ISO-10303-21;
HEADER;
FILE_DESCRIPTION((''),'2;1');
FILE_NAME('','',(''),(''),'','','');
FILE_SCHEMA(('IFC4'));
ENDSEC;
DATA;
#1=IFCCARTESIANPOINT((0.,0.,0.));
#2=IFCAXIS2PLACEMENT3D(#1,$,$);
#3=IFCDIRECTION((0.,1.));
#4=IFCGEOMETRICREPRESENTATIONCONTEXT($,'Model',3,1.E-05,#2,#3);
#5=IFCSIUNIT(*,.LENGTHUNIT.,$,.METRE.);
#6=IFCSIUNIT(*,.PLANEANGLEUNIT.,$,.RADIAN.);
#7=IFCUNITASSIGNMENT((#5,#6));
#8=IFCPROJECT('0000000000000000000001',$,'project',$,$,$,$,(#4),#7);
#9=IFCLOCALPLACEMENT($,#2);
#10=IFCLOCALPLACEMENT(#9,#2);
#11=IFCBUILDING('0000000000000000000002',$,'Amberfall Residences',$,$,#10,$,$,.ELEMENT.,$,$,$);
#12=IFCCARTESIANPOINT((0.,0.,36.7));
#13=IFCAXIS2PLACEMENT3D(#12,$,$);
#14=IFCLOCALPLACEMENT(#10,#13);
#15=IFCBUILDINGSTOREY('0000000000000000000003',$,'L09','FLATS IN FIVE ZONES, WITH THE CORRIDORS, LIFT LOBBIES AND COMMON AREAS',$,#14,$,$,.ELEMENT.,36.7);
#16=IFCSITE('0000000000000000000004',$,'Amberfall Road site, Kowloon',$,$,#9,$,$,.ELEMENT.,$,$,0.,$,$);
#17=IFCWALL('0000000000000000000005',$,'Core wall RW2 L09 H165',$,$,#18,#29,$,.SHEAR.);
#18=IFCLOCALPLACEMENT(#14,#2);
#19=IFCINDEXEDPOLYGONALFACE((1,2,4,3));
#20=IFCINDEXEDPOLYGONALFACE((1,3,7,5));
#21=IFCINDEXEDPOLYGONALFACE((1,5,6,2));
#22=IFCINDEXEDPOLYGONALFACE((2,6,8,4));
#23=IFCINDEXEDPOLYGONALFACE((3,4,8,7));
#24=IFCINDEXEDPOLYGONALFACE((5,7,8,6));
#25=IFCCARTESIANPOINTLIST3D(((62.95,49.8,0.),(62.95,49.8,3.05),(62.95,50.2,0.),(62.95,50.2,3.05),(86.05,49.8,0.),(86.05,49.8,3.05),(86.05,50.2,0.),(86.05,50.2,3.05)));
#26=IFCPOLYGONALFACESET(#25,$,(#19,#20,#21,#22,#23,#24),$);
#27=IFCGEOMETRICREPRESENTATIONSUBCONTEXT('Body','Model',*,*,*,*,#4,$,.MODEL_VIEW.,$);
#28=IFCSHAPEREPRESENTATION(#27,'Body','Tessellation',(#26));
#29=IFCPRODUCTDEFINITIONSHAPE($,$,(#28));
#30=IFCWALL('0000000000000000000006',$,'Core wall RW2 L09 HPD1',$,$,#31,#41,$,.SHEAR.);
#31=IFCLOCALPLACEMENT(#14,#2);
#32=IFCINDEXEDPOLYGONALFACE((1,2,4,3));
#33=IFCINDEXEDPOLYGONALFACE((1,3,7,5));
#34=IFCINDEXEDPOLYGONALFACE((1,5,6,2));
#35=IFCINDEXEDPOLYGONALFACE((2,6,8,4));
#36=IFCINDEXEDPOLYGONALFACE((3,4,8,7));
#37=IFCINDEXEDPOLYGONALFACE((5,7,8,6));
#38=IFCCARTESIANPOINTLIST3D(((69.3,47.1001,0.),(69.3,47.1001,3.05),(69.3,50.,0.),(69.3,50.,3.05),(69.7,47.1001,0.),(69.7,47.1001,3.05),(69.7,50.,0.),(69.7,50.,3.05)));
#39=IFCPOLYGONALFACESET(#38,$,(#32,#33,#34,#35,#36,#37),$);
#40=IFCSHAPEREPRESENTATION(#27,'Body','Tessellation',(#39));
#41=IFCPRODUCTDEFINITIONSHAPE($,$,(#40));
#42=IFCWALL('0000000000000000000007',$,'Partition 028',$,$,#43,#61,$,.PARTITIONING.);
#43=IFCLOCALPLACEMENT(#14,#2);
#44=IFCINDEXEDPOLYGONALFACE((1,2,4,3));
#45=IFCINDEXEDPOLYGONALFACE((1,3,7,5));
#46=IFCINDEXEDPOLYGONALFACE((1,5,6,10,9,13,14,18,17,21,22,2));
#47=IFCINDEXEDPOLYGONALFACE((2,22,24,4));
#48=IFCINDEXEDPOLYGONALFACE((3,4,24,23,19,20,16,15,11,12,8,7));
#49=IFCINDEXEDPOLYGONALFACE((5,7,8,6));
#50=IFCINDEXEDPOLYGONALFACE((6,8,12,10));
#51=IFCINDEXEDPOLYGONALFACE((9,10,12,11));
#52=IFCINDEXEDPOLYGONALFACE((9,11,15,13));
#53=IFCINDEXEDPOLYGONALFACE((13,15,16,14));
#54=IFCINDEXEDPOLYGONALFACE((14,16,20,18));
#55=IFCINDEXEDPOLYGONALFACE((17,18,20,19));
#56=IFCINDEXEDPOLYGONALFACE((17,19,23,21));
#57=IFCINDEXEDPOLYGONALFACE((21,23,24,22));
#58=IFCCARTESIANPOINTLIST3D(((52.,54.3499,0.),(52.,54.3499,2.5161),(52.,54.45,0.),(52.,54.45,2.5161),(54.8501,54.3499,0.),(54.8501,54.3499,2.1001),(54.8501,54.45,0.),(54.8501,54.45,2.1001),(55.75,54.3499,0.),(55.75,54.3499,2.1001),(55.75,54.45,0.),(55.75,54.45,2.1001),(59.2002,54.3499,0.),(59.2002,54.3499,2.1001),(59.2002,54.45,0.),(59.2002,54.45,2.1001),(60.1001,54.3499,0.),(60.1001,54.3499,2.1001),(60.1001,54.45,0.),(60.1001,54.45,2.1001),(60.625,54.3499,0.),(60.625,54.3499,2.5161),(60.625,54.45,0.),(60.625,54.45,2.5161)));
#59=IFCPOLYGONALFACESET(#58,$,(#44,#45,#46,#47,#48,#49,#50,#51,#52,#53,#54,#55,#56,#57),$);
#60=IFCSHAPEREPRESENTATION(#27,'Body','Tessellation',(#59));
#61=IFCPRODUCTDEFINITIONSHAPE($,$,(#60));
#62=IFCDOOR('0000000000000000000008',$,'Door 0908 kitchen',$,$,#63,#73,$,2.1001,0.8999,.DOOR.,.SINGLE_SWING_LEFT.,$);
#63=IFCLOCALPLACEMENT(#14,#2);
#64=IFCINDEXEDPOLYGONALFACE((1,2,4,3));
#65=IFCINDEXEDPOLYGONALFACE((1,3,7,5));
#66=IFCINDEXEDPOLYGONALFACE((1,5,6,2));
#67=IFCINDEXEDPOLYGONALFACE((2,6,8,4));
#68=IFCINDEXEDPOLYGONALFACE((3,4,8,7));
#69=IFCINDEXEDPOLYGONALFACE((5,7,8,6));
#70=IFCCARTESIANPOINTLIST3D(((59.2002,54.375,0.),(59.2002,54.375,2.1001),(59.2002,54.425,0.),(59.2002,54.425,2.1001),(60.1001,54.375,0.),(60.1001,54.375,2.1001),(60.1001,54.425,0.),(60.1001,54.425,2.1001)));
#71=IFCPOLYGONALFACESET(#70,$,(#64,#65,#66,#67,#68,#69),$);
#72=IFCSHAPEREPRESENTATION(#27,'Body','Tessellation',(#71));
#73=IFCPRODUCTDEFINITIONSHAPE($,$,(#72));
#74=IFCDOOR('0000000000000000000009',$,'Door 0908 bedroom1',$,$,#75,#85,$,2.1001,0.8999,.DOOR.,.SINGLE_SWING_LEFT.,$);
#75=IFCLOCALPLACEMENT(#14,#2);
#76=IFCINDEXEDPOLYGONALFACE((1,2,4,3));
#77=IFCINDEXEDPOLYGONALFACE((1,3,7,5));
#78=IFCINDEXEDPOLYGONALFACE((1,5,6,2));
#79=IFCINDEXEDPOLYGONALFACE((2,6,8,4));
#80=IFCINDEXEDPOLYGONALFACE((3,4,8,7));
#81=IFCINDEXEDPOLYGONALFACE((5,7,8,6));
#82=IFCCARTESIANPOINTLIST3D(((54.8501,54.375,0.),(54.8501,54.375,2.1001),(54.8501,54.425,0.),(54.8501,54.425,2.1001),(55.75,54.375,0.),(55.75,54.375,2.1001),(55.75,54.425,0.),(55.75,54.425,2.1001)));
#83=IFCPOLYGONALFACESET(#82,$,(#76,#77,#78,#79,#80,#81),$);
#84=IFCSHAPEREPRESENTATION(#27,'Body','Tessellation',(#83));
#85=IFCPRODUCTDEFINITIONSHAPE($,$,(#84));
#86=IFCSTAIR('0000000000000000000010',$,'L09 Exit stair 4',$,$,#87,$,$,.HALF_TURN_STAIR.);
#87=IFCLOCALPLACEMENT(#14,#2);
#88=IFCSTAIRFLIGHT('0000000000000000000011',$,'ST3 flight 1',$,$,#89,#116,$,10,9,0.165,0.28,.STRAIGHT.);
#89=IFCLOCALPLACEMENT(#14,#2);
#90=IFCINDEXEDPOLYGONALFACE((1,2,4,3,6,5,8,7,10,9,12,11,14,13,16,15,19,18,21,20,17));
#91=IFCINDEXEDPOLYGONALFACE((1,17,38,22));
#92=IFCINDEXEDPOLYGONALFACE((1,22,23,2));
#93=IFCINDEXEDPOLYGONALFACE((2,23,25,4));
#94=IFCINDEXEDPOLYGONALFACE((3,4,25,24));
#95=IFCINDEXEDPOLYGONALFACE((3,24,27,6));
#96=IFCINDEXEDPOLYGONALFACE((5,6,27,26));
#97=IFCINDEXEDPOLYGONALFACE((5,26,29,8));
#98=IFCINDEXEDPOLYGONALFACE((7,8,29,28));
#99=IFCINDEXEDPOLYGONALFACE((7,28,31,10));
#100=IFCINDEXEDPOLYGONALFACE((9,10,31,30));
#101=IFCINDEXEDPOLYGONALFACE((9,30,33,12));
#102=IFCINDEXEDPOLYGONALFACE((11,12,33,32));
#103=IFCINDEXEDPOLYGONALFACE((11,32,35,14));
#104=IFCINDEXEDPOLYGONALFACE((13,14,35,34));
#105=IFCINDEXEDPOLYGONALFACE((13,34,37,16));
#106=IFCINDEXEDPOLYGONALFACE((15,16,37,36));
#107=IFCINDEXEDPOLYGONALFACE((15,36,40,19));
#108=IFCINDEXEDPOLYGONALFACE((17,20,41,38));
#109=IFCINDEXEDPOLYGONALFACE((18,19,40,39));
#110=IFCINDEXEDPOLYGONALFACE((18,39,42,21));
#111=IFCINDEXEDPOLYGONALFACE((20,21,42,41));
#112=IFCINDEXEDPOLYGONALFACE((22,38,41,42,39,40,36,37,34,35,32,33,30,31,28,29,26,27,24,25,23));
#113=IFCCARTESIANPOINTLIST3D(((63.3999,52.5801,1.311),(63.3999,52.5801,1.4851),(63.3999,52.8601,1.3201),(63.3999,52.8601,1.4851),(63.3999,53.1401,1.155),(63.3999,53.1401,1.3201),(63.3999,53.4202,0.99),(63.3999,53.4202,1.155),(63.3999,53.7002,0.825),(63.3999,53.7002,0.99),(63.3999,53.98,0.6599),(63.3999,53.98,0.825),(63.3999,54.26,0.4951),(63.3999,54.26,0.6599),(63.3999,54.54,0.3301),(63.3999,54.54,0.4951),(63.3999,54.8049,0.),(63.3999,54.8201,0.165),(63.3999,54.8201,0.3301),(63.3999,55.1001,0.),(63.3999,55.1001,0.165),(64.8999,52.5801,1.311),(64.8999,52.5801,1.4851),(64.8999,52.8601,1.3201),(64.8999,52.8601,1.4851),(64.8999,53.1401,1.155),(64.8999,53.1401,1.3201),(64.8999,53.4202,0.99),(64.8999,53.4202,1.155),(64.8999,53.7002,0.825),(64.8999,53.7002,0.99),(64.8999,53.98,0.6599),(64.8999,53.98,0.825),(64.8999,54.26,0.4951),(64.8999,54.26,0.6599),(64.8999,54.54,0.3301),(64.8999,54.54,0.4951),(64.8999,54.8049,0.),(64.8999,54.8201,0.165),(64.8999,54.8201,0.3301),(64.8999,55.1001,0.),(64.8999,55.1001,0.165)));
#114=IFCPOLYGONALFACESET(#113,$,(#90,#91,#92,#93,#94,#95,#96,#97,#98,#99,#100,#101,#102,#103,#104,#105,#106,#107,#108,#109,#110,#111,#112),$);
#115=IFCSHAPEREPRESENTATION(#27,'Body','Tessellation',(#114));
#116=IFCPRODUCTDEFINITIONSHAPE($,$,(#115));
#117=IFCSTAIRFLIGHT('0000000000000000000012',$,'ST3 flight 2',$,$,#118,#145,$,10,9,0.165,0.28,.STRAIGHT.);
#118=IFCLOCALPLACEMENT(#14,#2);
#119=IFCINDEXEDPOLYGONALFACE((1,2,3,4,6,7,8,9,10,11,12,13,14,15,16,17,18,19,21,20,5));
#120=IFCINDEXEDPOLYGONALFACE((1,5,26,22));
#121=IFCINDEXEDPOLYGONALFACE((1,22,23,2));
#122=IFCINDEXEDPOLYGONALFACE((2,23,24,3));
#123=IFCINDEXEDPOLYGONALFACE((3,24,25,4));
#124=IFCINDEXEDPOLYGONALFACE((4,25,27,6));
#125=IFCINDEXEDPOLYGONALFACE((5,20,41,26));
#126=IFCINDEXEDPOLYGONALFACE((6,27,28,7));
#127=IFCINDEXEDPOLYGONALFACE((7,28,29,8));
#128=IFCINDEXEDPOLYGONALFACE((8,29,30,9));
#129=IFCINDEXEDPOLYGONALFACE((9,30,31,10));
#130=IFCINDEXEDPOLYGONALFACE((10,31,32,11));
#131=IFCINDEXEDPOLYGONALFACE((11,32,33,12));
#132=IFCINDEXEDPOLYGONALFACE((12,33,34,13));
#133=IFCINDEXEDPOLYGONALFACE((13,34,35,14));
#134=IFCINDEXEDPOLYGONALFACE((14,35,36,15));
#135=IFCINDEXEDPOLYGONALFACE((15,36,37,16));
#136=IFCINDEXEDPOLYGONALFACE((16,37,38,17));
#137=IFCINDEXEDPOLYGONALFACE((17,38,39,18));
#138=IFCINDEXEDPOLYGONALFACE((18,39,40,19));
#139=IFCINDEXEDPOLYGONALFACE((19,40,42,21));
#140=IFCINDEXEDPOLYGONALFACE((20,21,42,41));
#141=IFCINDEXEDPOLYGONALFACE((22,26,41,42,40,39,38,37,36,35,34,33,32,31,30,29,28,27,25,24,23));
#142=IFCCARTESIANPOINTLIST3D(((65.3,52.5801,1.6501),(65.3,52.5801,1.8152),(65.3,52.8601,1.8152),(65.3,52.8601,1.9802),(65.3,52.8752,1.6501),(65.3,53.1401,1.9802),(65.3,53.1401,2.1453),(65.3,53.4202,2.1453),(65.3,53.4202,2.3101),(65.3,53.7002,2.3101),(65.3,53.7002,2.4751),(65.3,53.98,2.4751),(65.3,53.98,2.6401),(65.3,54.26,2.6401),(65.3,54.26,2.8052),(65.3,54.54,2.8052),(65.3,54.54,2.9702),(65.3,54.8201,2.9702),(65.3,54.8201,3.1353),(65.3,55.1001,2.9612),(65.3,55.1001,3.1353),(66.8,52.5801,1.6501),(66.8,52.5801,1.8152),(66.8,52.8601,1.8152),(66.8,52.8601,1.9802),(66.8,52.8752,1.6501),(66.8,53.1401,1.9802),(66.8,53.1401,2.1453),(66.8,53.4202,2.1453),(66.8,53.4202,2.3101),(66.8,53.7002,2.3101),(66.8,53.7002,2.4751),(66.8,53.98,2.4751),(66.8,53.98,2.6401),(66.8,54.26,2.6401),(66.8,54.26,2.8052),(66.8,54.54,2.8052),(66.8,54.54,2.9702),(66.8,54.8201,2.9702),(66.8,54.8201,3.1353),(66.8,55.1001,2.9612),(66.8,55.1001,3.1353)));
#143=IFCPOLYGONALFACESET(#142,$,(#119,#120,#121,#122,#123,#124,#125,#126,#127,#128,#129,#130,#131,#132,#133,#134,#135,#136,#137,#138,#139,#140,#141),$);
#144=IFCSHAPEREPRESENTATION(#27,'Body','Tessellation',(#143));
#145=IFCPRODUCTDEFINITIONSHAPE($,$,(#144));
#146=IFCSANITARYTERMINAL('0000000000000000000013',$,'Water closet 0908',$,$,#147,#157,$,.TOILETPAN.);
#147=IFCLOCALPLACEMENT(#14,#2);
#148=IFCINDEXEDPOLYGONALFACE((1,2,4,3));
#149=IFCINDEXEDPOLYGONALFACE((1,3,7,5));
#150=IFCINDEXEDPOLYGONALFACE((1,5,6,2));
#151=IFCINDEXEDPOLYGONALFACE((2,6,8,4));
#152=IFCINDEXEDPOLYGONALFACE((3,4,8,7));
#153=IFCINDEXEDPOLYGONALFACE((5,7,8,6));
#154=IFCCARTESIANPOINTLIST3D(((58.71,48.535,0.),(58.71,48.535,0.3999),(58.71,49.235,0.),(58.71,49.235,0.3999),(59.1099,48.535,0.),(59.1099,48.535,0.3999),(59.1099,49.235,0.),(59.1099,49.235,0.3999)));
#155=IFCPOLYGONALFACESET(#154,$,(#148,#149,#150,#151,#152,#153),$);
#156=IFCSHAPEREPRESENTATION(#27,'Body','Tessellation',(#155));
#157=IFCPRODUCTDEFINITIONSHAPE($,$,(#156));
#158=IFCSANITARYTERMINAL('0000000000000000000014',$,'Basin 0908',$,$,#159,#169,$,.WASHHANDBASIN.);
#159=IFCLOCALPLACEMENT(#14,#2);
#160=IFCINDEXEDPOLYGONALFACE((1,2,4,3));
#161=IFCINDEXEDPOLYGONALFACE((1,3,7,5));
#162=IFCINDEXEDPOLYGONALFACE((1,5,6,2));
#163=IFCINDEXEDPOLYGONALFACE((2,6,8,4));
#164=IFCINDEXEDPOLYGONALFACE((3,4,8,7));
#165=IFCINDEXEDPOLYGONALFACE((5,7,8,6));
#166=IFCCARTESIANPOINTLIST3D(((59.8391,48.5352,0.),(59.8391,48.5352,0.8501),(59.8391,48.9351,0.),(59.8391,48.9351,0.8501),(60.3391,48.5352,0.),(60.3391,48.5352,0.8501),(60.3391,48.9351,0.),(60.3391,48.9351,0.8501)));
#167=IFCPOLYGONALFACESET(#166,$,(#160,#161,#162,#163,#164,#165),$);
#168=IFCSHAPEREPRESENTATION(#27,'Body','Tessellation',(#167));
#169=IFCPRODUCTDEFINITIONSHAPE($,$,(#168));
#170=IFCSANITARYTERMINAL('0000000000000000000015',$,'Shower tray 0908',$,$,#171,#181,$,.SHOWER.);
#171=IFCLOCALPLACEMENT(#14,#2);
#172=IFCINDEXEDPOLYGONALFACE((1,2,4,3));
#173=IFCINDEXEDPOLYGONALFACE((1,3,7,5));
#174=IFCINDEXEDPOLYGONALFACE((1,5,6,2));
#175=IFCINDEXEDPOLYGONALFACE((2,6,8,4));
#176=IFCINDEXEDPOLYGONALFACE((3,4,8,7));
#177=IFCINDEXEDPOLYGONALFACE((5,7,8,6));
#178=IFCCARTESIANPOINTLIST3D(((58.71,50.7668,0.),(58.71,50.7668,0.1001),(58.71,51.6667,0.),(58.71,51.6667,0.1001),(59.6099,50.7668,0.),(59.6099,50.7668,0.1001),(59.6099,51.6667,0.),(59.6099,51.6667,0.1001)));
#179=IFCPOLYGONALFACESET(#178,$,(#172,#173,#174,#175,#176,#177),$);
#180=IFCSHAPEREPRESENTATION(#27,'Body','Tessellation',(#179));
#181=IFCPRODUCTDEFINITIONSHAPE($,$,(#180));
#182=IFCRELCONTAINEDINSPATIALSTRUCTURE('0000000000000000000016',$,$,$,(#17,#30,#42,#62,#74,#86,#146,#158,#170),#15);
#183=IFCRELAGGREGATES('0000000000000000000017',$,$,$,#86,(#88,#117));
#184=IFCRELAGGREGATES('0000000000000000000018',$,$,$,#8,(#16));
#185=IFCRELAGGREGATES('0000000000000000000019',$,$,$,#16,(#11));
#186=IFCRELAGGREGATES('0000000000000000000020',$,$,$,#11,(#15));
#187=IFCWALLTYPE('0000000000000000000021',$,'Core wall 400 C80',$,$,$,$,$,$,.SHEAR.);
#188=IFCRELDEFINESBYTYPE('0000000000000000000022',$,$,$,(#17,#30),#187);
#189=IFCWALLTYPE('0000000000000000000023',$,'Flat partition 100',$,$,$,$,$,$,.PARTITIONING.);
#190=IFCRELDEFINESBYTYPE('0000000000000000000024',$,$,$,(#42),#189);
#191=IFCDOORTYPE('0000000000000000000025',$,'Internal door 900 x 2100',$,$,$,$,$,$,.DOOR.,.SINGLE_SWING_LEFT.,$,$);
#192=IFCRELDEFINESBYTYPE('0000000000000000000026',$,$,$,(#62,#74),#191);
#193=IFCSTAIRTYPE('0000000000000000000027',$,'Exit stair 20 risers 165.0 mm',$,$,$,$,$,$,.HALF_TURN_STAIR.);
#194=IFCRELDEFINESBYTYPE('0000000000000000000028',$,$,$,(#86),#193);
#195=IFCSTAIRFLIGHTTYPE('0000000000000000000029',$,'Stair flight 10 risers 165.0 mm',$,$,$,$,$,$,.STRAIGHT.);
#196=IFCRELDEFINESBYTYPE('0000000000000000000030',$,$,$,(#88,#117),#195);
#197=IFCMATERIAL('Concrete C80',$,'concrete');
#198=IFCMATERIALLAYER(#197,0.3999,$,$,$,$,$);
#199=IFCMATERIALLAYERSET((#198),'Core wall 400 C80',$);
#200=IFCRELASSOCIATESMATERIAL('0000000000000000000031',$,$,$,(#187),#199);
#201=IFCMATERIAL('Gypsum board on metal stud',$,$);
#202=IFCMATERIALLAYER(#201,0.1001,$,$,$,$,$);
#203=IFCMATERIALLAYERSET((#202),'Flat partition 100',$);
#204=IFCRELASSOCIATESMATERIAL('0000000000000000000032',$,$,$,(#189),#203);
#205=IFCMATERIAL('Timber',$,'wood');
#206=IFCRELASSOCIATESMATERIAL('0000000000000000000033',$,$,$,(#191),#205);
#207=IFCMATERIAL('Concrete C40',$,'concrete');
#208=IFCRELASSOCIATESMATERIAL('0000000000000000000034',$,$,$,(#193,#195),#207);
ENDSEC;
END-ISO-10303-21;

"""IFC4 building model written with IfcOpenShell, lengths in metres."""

from ifc_helpers import new_model, si_unit, direction, frame, frame_2d, origin, origin_2d, place, context, subcontext, project, spatial, polyline, rectangle, outline, extrude, material, layer, layer_set, type_object, element, fill, aggregate, save


model = new_model("IFC4")

# Units and contexts
model_context = context("Model", 3, precision=1e-05, world=origin(), true_north=direction((0.0, 1.0)))
body_context = subcontext(model_context, "Body", "Model", "MODEL_VIEW")
ifc_project = project(units=[si_unit("LENGTHUNIT", "METRE"), si_unit("PLANEANGLEUNIT", "RADIAN")], contexts=[model_context])

# Site, building, storey
site_placement = place(None, origin())
site = spatial("IfcSite", under=ifc_project, at=site_placement, Name="Amberfall Road site, Kowloon", CompositionType="ELEMENT", RefElevation=0.0)
building_placement = place(site_placement, origin())
building = spatial("IfcBuilding", under=site, at=building_placement, Name="Amberfall Residences", CompositionType="ELEMENT")
storey_placement = place(building_placement, frame((0.0, 0.0, 36.7)))
storey = spatial("IfcBuildingStorey", under=building, at=storey_placement, Name="L09", Description="FLATS IN FIVE ZONES, WITH THE CORRIDORS, LIFT LOBBIES AND COMMON AREAS", CompositionType="ELEMENT", Elevation=36.7)

# Walls
ifc_material_1 = material(Name="Concrete C80", Category="concrete")
ifc_layer_1 = layer(ifc_material_1, 0.3999)
ifc_layer_set_1 = layer_set([ifc_layer_1], Name="Core wall 400 C80")
wall_type_1 = type_object("IfcWallType", Name="Core wall 400 C80", PredefinedType="SHEAR", material=ifc_layer_set_1)
wall_1_placement = place(storey_placement, frame((62.95, 50.0, 0.0), z_axis=(0.0, 0.0, 1.0), x_axis=(1.0, 0.0, 0.0)))
element("IfcWall", 1, at=wall_1_placement, inside=storey, type_object=wall_type_1, Name="Core wall RW2 L09 H165", PredefinedType="SHEAR", context=body_context, shape_type="SweptSolid", body=[
    extrude(rectangle(XDim=23.1001, YDim=0.3999, at=frame_2d((11.55, 0.0))), origin(), (0.0, 0.0, 1.0), 3.05),
])
wall_2_placement = place(storey_placement, frame((69.5, 47.1001, 0.0), z_axis=(0.0, 0.0, 1.0), x_axis=(0.0, 1.0, 0.0)))
element("IfcWall", 2, at=wall_2_placement, inside=storey, type_object=wall_type_1, Name="Core wall RW2 L09 HPD1", PredefinedType="SHEAR", context=body_context, shape_type="SweptSolid", body=[
    extrude(rectangle(XDim=2.8999, YDim=0.3999, at=frame_2d((1.45, 0.0))), origin(), (0.0, 0.0, 1.0), 3.05),
])

# Wall, openings, doors
ifc_material_2 = material(Name="Gypsum board on metal stud")
ifc_layer_2 = layer(ifc_material_2, 0.1001)
ifc_layer_set_2 = layer_set([ifc_layer_2], Name="Flat partition 100")
wall_type_2 = type_object("IfcWallType", Name="Flat partition 100", PredefinedType="PARTITIONING", material=ifc_layer_set_2)
wall_3_placement = place(storey_placement, frame((60.625, 54.3999, 0.0), z_axis=(0.0, 0.0, 1.0), x_axis=(-1.0, 0.0, 0.0)))
wall_3 = element("IfcWall", 3, at=wall_3_placement, inside=storey, type_object=wall_type_2, Name="Partition 028", PredefinedType="PARTITIONING", context=body_context, shape_type="SweptSolid", body=[
    extrude(rectangle(XDim=8.625, YDim=0.1001, at=frame_2d((4.3125, 0.0))), origin(), (0.0, 0.0, 1.0), 2.5161),
])
opening_1_placement = place(wall_3_placement, frame((0.5249, 0.0, 0.0)))
opening_1 = element("IfcOpeningElement", 4, at=opening_1_placement, cuts=wall_3, PredefinedType="OPENING", context=body_context, shape_type="SweptSolid", body=[
    extrude(rectangle(XDim=0.8999, YDim=2.1001, at=frame_2d((0.45, 1.05))), frame((0.0, 0.0601, 0.0), z_axis=(0.0, -1.0, 0.0), x_axis=(1.0, 0.0, 0.0)), (0.0, 0.0, 1.0), 0.1201),
])
opening_2_placement = place(wall_3_placement, frame((4.875, 0.0, 0.0)))
opening_2 = element("IfcOpeningElement", 5, at=opening_2_placement, cuts=wall_3, PredefinedType="OPENING", context=body_context, shape_type="SweptSolid", body=[
    extrude(rectangle(XDim=0.8999, YDim=2.1001, at=frame_2d((0.45, 1.05))), frame((0.0, 0.0601, 0.0), z_axis=(0.0, -1.0, 0.0), x_axis=(1.0, 0.0, 0.0)), (0.0, 0.0, 1.0), 0.1201),
])
ifc_material_3 = material(Name="Timber", Category="wood")
door_type = type_object("IfcDoorType", Name="Internal door 900 x 2100", OperationType="SINGLE_SWING_LEFT", PredefinedType="DOOR", material=ifc_material_3)
door_1_placement = place(opening_1_placement, origin())
door_1 = element("IfcDoor", 6, at=door_1_placement, inside=storey, type_object=door_type, Name="Door 0908 kitchen", OperationType="SINGLE_SWING_LEFT", OverallHeight=2.1001, OverallWidth=0.8999, PredefinedType="DOOR", context=body_context, shape_type="SweptSolid", body=[
    extrude(rectangle(XDim=0.8999, YDim=2.1001, at=frame_2d((0.45, 1.05))), frame((0.0, 0.0249, 0.0), z_axis=(0.0, -1.0, 0.0), x_axis=(1.0, 0.0, 0.0)), (0.0, 0.0, 1.0), 0.05),
])
fill(opening_1, door_1)
door_2_placement = place(opening_2_placement, origin())
door_2 = element("IfcDoor", 7, at=door_2_placement, inside=storey, type_object=door_type, Name="Door 0908 bedroom1", OperationType="SINGLE_SWING_LEFT", OverallHeight=2.1001, OverallWidth=0.8999, PredefinedType="DOOR", context=body_context, shape_type="SweptSolid", body=[
    extrude(rectangle(XDim=0.8999, YDim=2.1001, at=frame_2d((0.45, 1.05))), frame((0.0, 0.0249, 0.0), z_axis=(0.0, -1.0, 0.0), x_axis=(1.0, 0.0, 0.0)), (0.0, 0.0, 1.0), 0.05),
])
fill(opening_2, door_2)

# Stair, stair flights
ifc_material_4 = material(Name="Concrete C40", Category="concrete")
stair_type = type_object("IfcStairType", Name="Exit stair 20 risers 165.0 mm", PredefinedType="HALF_TURN_STAIR", material=ifc_material_4)
stair_placement = place(storey_placement, origin())
stair = element("IfcStair", 8, at=stair_placement, inside=storey, type_object=stair_type, Name="L09 Exit stair 4", PredefinedType="HALF_TURN_STAIR")
stair_flight_type = type_object("IfcStairFlightType", Name="Stair flight 10 risers 165.0 mm", PredefinedType="STRAIGHT", material=ifc_material_4)
stair_flight_1_placement = place(storey_placement, frame((64.1499, 55.1001, 0.0), z_axis=(0.0, 0.0, 1.0), x_axis=(0.0, -1.0, 0.0)))
stair_flight_1 = element("IfcStairFlight", 9, at=stair_flight_1_placement, type_object=stair_flight_type, Name="ST3 flight 1", NumberOfRisers=10, NumberOfTreads=9, PredefinedType="STRAIGHT", RiserHeight=0.165, TreadLength=0.28, context=body_context, shape_type="SweptSolid", body=[
    extrude(outline(polyline([(0.0, 0.0), (0.0, 0.165), (0.28, 0.165), (0.28, 0.3301), (0.5601, 0.3301), (0.5601, 0.4951), (0.8401, 0.4951), (0.8401, 0.6599), (1.1201, 0.6599), (1.1201, 0.825), (1.3999, 0.825), (1.3999, 0.99), (1.6799, 0.99), (1.6799, 1.155), (1.96, 1.155), (1.96, 1.3201), (2.24, 1.3201), (2.24, 1.4851), (2.52, 1.4851), (2.52, 1.6499), (2.52, 1.311), (0.2952, 0.0), (0.0, 0.0)])), frame((0.0, 0.75, 0.0), z_axis=(0.0, -1.0, 0.0), x_axis=(1.0, 0.0, 0.0)), (0.0, 0.0, 1.0), 1.5),
])
stair_flight_2_placement = place(storey_placement, frame((66.05, 52.5801, 1.6501), z_axis=(0.0, 0.0, 1.0), x_axis=(0.0, 1.0, 0.0)))
stair_flight_2 = element("IfcStairFlight", 10, at=stair_flight_2_placement, type_object=stair_flight_type, Name="ST3 flight 2", NumberOfRisers=10, NumberOfTreads=9, PredefinedType="STRAIGHT", RiserHeight=0.165, TreadLength=0.28, context=body_context, shape_type="SweptSolid", body=[
    extrude(outline(polyline([(0.0, 0.0), (0.0, 0.165), (0.28, 0.165), (0.28, 0.3301), (0.5601, 0.3301), (0.5601, 0.4951), (0.8401, 0.4951), (0.8401, 0.6599), (1.1201, 0.6599), (1.1201, 0.825), (1.3999, 0.825), (1.3999, 0.99), (1.6799, 0.99), (1.6799, 1.155), (1.96, 1.155), (1.96, 1.3201), (2.24, 1.3201), (2.24, 1.4851), (2.52, 1.4851), (2.52, 1.6499), (2.52, 1.311), (0.2952, 0.0), (0.0, 0.0)])), frame((0.0, 0.75, 0.0), z_axis=(0.0, -1.0, 0.0), x_axis=(1.0, 0.0, 0.0)), (0.0, 0.0, 1.0), 1.5),
])
aggregate(stair, [stair_flight_1, stair_flight_2])

# Sanitary terminals
sanitary_terminal_1_placement = place(storey_placement, frame((58.9099, 48.885, 0.0), z_axis=(0.0, 0.0, 1.0), x_axis=(1.0, 0.0, 0.0)))
element("IfcSanitaryTerminal", 11, at=sanitary_terminal_1_placement, inside=storey, Name="Water closet 0908", PredefinedType="TOILETPAN", context=body_context, shape_type="SweptSolid", body=[
    extrude(rectangle(XDim=0.3999, YDim=0.7, at=origin_2d()), origin(), (0.0, 0.0, 1.0), 0.3999),
])
sanitary_terminal_2_placement = place(storey_placement, frame((60.0891, 48.7351, 0.0), z_axis=(0.0, 0.0, 1.0), x_axis=(1.0, 0.0, 0.0)))
element("IfcSanitaryTerminal", 12, at=sanitary_terminal_2_placement, inside=storey, Name="Basin 0908", PredefinedType="WASHHANDBASIN", context=body_context, shape_type="SweptSolid", body=[
    extrude(rectangle(XDim=0.5, YDim=0.3999, at=origin_2d()), origin(), (0.0, 0.0, 1.0), 0.8501),
])
sanitary_terminal_3_placement = place(storey_placement, frame((59.1599, 51.2168, 0.0), z_axis=(0.0, 0.0, 1.0), x_axis=(1.0, 0.0, 0.0)))
element("IfcSanitaryTerminal", 13, at=sanitary_terminal_3_placement, inside=storey, Name="Shower tray 0908", PredefinedType="SHOWER", context=body_context, shape_type="SweptSolid", body=[
    extrude(rectangle(XDim=0.8999, YDim=0.8999, at=origin_2d()), origin(), (0.0, 0.0, 1.0), 0.1001),
])

save(model, "model.ifc")
